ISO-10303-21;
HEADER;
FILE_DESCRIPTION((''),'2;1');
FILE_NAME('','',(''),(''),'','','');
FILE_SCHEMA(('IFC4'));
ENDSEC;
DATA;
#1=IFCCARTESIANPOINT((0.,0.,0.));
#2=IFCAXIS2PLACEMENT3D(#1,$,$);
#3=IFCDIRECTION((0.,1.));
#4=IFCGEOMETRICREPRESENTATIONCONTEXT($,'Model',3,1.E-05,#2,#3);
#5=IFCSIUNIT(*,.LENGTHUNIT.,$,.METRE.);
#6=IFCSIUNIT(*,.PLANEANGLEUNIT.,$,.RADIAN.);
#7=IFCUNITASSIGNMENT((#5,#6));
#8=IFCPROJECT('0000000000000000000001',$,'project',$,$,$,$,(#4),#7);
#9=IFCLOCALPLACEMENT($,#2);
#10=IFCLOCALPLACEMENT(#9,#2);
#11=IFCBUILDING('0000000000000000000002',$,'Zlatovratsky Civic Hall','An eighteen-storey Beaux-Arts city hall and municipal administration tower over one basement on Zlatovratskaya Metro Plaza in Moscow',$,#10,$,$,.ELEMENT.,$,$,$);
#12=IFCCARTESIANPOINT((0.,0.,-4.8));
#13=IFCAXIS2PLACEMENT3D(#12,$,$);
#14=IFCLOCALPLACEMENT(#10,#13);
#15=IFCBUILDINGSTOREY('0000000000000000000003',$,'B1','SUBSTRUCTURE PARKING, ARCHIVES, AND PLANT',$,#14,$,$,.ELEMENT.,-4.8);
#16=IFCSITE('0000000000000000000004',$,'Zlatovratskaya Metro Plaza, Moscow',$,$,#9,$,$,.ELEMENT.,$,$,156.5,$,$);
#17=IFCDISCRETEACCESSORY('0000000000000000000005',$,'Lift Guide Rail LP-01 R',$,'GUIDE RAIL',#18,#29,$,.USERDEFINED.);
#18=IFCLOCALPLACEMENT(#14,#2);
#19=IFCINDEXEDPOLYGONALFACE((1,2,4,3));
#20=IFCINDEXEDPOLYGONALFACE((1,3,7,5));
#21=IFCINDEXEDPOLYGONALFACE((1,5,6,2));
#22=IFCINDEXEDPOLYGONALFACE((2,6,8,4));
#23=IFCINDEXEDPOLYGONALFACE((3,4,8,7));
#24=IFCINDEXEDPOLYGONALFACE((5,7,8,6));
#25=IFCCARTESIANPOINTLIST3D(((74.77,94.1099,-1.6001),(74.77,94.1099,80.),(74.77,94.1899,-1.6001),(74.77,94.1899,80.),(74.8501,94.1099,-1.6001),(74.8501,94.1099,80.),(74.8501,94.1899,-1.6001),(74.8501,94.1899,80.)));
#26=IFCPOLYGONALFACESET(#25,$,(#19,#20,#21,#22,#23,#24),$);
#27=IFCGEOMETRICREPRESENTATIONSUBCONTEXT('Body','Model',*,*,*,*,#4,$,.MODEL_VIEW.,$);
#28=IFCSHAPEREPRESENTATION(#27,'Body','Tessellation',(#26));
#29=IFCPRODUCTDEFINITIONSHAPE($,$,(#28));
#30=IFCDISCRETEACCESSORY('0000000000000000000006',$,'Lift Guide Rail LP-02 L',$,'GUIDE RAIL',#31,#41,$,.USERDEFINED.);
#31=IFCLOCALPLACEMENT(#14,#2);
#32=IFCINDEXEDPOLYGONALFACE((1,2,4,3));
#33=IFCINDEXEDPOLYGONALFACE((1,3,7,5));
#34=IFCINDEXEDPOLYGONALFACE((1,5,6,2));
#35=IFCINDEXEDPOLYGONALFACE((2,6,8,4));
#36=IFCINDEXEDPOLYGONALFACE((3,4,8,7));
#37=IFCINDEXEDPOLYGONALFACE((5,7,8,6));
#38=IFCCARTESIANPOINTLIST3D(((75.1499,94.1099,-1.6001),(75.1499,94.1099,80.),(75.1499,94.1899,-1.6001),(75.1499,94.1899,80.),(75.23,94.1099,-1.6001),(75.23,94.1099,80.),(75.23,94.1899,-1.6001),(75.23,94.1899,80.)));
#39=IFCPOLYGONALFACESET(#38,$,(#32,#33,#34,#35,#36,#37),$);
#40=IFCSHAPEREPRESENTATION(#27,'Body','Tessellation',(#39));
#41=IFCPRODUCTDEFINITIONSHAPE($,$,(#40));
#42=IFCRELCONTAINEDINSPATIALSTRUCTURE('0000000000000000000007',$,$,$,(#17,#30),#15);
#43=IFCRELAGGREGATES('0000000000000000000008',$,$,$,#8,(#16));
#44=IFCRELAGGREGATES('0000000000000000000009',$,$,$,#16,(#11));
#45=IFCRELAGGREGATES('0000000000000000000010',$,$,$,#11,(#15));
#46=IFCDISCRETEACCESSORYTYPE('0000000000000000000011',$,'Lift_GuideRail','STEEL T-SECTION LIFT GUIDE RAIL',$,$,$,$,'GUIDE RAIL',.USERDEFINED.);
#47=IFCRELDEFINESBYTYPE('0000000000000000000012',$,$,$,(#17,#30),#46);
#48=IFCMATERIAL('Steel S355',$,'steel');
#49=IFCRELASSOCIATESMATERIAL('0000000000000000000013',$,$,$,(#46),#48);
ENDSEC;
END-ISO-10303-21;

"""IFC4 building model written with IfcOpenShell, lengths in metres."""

from ifc_helpers import new_model, si_unit, direction, frame, origin, origin_2d, place, context, subcontext, project, spatial, rectangle, extrude, material, type_object, element, save


model = new_model("IFC4")

# Units and contexts
model_context = context("Model", 3, precision=1e-05, world=origin(), true_north=direction((0.0, 1.0)))
body_context = subcontext(model_context, "Body", "Model", "MODEL_VIEW")
ifc_project = project(units=[si_unit("LENGTHUNIT", "METRE"), si_unit("PLANEANGLEUNIT", "RADIAN")], contexts=[model_context])

# Site, building, storey
site_placement = place(None, origin())
site = spatial("IfcSite", under=ifc_project, at=site_placement, Name="Zlatovratskaya Metro Plaza, Moscow", CompositionType="ELEMENT", RefElevation=156.5)
building_placement = place(site_placement, origin())
building = spatial("IfcBuilding", under=site, at=building_placement, Name="Zlatovratsky Civic Hall", Description="An eighteen-storey Beaux-Arts city hall and municipal administration tower over one basement on Zlatovratskaya Metro Plaza in Moscow", CompositionType="ELEMENT")
storey_placement = place(building_placement, frame((0.0, 0.0, -4.8)))
storey = spatial("IfcBuildingStorey", under=building, at=storey_placement, Name="B1", Description="SUBSTRUCTURE PARKING, ARCHIVES, AND PLANT", CompositionType="ELEMENT", Elevation=-4.8)

# Shared definitions
ifc_material_1 = material(Name="Steel S355", Category="steel")

# Discrete accessories
discrete_accessory_type = type_object("IfcDiscreteAccessoryType", Name="Lift_GuideRail", Description="STEEL T-SECTION LIFT GUIDE RAIL", ElementType="GUIDE RAIL", PredefinedType="USERDEFINED", material=ifc_material_1)
for number, where, z_axis, x_axis, name in (
    (1, (74.8101, 94.1499, -1.6001), (0.0, 0.0, 1.0), (1.0, 0.0, 0.0), "Lift Guide Rail LP-01 R"),
    (2, (75.1899, 94.1499, -1.6001), (0.0, 0.0, 1.0), (1.0, 0.0, 0.0), "Lift Guide Rail LP-02 L"),
):
    element("IfcDiscreteAccessory", number, at=place(storey_placement, frame(where, z_axis=z_axis, x_axis=x_axis)), inside=storey, type_object=discrete_accessory_type, Name=name, ObjectType="GUIDE RAIL", PredefinedType="USERDEFINED", context=body_context, shape_type="SweptSolid", body=[
        extrude(rectangle(XDim=0.0801, YDim=0.0801, at=origin_2d()), origin(), (0.0, 0.0, 1.0), 81.6001),
    ])

save(model, "model.ifc")
